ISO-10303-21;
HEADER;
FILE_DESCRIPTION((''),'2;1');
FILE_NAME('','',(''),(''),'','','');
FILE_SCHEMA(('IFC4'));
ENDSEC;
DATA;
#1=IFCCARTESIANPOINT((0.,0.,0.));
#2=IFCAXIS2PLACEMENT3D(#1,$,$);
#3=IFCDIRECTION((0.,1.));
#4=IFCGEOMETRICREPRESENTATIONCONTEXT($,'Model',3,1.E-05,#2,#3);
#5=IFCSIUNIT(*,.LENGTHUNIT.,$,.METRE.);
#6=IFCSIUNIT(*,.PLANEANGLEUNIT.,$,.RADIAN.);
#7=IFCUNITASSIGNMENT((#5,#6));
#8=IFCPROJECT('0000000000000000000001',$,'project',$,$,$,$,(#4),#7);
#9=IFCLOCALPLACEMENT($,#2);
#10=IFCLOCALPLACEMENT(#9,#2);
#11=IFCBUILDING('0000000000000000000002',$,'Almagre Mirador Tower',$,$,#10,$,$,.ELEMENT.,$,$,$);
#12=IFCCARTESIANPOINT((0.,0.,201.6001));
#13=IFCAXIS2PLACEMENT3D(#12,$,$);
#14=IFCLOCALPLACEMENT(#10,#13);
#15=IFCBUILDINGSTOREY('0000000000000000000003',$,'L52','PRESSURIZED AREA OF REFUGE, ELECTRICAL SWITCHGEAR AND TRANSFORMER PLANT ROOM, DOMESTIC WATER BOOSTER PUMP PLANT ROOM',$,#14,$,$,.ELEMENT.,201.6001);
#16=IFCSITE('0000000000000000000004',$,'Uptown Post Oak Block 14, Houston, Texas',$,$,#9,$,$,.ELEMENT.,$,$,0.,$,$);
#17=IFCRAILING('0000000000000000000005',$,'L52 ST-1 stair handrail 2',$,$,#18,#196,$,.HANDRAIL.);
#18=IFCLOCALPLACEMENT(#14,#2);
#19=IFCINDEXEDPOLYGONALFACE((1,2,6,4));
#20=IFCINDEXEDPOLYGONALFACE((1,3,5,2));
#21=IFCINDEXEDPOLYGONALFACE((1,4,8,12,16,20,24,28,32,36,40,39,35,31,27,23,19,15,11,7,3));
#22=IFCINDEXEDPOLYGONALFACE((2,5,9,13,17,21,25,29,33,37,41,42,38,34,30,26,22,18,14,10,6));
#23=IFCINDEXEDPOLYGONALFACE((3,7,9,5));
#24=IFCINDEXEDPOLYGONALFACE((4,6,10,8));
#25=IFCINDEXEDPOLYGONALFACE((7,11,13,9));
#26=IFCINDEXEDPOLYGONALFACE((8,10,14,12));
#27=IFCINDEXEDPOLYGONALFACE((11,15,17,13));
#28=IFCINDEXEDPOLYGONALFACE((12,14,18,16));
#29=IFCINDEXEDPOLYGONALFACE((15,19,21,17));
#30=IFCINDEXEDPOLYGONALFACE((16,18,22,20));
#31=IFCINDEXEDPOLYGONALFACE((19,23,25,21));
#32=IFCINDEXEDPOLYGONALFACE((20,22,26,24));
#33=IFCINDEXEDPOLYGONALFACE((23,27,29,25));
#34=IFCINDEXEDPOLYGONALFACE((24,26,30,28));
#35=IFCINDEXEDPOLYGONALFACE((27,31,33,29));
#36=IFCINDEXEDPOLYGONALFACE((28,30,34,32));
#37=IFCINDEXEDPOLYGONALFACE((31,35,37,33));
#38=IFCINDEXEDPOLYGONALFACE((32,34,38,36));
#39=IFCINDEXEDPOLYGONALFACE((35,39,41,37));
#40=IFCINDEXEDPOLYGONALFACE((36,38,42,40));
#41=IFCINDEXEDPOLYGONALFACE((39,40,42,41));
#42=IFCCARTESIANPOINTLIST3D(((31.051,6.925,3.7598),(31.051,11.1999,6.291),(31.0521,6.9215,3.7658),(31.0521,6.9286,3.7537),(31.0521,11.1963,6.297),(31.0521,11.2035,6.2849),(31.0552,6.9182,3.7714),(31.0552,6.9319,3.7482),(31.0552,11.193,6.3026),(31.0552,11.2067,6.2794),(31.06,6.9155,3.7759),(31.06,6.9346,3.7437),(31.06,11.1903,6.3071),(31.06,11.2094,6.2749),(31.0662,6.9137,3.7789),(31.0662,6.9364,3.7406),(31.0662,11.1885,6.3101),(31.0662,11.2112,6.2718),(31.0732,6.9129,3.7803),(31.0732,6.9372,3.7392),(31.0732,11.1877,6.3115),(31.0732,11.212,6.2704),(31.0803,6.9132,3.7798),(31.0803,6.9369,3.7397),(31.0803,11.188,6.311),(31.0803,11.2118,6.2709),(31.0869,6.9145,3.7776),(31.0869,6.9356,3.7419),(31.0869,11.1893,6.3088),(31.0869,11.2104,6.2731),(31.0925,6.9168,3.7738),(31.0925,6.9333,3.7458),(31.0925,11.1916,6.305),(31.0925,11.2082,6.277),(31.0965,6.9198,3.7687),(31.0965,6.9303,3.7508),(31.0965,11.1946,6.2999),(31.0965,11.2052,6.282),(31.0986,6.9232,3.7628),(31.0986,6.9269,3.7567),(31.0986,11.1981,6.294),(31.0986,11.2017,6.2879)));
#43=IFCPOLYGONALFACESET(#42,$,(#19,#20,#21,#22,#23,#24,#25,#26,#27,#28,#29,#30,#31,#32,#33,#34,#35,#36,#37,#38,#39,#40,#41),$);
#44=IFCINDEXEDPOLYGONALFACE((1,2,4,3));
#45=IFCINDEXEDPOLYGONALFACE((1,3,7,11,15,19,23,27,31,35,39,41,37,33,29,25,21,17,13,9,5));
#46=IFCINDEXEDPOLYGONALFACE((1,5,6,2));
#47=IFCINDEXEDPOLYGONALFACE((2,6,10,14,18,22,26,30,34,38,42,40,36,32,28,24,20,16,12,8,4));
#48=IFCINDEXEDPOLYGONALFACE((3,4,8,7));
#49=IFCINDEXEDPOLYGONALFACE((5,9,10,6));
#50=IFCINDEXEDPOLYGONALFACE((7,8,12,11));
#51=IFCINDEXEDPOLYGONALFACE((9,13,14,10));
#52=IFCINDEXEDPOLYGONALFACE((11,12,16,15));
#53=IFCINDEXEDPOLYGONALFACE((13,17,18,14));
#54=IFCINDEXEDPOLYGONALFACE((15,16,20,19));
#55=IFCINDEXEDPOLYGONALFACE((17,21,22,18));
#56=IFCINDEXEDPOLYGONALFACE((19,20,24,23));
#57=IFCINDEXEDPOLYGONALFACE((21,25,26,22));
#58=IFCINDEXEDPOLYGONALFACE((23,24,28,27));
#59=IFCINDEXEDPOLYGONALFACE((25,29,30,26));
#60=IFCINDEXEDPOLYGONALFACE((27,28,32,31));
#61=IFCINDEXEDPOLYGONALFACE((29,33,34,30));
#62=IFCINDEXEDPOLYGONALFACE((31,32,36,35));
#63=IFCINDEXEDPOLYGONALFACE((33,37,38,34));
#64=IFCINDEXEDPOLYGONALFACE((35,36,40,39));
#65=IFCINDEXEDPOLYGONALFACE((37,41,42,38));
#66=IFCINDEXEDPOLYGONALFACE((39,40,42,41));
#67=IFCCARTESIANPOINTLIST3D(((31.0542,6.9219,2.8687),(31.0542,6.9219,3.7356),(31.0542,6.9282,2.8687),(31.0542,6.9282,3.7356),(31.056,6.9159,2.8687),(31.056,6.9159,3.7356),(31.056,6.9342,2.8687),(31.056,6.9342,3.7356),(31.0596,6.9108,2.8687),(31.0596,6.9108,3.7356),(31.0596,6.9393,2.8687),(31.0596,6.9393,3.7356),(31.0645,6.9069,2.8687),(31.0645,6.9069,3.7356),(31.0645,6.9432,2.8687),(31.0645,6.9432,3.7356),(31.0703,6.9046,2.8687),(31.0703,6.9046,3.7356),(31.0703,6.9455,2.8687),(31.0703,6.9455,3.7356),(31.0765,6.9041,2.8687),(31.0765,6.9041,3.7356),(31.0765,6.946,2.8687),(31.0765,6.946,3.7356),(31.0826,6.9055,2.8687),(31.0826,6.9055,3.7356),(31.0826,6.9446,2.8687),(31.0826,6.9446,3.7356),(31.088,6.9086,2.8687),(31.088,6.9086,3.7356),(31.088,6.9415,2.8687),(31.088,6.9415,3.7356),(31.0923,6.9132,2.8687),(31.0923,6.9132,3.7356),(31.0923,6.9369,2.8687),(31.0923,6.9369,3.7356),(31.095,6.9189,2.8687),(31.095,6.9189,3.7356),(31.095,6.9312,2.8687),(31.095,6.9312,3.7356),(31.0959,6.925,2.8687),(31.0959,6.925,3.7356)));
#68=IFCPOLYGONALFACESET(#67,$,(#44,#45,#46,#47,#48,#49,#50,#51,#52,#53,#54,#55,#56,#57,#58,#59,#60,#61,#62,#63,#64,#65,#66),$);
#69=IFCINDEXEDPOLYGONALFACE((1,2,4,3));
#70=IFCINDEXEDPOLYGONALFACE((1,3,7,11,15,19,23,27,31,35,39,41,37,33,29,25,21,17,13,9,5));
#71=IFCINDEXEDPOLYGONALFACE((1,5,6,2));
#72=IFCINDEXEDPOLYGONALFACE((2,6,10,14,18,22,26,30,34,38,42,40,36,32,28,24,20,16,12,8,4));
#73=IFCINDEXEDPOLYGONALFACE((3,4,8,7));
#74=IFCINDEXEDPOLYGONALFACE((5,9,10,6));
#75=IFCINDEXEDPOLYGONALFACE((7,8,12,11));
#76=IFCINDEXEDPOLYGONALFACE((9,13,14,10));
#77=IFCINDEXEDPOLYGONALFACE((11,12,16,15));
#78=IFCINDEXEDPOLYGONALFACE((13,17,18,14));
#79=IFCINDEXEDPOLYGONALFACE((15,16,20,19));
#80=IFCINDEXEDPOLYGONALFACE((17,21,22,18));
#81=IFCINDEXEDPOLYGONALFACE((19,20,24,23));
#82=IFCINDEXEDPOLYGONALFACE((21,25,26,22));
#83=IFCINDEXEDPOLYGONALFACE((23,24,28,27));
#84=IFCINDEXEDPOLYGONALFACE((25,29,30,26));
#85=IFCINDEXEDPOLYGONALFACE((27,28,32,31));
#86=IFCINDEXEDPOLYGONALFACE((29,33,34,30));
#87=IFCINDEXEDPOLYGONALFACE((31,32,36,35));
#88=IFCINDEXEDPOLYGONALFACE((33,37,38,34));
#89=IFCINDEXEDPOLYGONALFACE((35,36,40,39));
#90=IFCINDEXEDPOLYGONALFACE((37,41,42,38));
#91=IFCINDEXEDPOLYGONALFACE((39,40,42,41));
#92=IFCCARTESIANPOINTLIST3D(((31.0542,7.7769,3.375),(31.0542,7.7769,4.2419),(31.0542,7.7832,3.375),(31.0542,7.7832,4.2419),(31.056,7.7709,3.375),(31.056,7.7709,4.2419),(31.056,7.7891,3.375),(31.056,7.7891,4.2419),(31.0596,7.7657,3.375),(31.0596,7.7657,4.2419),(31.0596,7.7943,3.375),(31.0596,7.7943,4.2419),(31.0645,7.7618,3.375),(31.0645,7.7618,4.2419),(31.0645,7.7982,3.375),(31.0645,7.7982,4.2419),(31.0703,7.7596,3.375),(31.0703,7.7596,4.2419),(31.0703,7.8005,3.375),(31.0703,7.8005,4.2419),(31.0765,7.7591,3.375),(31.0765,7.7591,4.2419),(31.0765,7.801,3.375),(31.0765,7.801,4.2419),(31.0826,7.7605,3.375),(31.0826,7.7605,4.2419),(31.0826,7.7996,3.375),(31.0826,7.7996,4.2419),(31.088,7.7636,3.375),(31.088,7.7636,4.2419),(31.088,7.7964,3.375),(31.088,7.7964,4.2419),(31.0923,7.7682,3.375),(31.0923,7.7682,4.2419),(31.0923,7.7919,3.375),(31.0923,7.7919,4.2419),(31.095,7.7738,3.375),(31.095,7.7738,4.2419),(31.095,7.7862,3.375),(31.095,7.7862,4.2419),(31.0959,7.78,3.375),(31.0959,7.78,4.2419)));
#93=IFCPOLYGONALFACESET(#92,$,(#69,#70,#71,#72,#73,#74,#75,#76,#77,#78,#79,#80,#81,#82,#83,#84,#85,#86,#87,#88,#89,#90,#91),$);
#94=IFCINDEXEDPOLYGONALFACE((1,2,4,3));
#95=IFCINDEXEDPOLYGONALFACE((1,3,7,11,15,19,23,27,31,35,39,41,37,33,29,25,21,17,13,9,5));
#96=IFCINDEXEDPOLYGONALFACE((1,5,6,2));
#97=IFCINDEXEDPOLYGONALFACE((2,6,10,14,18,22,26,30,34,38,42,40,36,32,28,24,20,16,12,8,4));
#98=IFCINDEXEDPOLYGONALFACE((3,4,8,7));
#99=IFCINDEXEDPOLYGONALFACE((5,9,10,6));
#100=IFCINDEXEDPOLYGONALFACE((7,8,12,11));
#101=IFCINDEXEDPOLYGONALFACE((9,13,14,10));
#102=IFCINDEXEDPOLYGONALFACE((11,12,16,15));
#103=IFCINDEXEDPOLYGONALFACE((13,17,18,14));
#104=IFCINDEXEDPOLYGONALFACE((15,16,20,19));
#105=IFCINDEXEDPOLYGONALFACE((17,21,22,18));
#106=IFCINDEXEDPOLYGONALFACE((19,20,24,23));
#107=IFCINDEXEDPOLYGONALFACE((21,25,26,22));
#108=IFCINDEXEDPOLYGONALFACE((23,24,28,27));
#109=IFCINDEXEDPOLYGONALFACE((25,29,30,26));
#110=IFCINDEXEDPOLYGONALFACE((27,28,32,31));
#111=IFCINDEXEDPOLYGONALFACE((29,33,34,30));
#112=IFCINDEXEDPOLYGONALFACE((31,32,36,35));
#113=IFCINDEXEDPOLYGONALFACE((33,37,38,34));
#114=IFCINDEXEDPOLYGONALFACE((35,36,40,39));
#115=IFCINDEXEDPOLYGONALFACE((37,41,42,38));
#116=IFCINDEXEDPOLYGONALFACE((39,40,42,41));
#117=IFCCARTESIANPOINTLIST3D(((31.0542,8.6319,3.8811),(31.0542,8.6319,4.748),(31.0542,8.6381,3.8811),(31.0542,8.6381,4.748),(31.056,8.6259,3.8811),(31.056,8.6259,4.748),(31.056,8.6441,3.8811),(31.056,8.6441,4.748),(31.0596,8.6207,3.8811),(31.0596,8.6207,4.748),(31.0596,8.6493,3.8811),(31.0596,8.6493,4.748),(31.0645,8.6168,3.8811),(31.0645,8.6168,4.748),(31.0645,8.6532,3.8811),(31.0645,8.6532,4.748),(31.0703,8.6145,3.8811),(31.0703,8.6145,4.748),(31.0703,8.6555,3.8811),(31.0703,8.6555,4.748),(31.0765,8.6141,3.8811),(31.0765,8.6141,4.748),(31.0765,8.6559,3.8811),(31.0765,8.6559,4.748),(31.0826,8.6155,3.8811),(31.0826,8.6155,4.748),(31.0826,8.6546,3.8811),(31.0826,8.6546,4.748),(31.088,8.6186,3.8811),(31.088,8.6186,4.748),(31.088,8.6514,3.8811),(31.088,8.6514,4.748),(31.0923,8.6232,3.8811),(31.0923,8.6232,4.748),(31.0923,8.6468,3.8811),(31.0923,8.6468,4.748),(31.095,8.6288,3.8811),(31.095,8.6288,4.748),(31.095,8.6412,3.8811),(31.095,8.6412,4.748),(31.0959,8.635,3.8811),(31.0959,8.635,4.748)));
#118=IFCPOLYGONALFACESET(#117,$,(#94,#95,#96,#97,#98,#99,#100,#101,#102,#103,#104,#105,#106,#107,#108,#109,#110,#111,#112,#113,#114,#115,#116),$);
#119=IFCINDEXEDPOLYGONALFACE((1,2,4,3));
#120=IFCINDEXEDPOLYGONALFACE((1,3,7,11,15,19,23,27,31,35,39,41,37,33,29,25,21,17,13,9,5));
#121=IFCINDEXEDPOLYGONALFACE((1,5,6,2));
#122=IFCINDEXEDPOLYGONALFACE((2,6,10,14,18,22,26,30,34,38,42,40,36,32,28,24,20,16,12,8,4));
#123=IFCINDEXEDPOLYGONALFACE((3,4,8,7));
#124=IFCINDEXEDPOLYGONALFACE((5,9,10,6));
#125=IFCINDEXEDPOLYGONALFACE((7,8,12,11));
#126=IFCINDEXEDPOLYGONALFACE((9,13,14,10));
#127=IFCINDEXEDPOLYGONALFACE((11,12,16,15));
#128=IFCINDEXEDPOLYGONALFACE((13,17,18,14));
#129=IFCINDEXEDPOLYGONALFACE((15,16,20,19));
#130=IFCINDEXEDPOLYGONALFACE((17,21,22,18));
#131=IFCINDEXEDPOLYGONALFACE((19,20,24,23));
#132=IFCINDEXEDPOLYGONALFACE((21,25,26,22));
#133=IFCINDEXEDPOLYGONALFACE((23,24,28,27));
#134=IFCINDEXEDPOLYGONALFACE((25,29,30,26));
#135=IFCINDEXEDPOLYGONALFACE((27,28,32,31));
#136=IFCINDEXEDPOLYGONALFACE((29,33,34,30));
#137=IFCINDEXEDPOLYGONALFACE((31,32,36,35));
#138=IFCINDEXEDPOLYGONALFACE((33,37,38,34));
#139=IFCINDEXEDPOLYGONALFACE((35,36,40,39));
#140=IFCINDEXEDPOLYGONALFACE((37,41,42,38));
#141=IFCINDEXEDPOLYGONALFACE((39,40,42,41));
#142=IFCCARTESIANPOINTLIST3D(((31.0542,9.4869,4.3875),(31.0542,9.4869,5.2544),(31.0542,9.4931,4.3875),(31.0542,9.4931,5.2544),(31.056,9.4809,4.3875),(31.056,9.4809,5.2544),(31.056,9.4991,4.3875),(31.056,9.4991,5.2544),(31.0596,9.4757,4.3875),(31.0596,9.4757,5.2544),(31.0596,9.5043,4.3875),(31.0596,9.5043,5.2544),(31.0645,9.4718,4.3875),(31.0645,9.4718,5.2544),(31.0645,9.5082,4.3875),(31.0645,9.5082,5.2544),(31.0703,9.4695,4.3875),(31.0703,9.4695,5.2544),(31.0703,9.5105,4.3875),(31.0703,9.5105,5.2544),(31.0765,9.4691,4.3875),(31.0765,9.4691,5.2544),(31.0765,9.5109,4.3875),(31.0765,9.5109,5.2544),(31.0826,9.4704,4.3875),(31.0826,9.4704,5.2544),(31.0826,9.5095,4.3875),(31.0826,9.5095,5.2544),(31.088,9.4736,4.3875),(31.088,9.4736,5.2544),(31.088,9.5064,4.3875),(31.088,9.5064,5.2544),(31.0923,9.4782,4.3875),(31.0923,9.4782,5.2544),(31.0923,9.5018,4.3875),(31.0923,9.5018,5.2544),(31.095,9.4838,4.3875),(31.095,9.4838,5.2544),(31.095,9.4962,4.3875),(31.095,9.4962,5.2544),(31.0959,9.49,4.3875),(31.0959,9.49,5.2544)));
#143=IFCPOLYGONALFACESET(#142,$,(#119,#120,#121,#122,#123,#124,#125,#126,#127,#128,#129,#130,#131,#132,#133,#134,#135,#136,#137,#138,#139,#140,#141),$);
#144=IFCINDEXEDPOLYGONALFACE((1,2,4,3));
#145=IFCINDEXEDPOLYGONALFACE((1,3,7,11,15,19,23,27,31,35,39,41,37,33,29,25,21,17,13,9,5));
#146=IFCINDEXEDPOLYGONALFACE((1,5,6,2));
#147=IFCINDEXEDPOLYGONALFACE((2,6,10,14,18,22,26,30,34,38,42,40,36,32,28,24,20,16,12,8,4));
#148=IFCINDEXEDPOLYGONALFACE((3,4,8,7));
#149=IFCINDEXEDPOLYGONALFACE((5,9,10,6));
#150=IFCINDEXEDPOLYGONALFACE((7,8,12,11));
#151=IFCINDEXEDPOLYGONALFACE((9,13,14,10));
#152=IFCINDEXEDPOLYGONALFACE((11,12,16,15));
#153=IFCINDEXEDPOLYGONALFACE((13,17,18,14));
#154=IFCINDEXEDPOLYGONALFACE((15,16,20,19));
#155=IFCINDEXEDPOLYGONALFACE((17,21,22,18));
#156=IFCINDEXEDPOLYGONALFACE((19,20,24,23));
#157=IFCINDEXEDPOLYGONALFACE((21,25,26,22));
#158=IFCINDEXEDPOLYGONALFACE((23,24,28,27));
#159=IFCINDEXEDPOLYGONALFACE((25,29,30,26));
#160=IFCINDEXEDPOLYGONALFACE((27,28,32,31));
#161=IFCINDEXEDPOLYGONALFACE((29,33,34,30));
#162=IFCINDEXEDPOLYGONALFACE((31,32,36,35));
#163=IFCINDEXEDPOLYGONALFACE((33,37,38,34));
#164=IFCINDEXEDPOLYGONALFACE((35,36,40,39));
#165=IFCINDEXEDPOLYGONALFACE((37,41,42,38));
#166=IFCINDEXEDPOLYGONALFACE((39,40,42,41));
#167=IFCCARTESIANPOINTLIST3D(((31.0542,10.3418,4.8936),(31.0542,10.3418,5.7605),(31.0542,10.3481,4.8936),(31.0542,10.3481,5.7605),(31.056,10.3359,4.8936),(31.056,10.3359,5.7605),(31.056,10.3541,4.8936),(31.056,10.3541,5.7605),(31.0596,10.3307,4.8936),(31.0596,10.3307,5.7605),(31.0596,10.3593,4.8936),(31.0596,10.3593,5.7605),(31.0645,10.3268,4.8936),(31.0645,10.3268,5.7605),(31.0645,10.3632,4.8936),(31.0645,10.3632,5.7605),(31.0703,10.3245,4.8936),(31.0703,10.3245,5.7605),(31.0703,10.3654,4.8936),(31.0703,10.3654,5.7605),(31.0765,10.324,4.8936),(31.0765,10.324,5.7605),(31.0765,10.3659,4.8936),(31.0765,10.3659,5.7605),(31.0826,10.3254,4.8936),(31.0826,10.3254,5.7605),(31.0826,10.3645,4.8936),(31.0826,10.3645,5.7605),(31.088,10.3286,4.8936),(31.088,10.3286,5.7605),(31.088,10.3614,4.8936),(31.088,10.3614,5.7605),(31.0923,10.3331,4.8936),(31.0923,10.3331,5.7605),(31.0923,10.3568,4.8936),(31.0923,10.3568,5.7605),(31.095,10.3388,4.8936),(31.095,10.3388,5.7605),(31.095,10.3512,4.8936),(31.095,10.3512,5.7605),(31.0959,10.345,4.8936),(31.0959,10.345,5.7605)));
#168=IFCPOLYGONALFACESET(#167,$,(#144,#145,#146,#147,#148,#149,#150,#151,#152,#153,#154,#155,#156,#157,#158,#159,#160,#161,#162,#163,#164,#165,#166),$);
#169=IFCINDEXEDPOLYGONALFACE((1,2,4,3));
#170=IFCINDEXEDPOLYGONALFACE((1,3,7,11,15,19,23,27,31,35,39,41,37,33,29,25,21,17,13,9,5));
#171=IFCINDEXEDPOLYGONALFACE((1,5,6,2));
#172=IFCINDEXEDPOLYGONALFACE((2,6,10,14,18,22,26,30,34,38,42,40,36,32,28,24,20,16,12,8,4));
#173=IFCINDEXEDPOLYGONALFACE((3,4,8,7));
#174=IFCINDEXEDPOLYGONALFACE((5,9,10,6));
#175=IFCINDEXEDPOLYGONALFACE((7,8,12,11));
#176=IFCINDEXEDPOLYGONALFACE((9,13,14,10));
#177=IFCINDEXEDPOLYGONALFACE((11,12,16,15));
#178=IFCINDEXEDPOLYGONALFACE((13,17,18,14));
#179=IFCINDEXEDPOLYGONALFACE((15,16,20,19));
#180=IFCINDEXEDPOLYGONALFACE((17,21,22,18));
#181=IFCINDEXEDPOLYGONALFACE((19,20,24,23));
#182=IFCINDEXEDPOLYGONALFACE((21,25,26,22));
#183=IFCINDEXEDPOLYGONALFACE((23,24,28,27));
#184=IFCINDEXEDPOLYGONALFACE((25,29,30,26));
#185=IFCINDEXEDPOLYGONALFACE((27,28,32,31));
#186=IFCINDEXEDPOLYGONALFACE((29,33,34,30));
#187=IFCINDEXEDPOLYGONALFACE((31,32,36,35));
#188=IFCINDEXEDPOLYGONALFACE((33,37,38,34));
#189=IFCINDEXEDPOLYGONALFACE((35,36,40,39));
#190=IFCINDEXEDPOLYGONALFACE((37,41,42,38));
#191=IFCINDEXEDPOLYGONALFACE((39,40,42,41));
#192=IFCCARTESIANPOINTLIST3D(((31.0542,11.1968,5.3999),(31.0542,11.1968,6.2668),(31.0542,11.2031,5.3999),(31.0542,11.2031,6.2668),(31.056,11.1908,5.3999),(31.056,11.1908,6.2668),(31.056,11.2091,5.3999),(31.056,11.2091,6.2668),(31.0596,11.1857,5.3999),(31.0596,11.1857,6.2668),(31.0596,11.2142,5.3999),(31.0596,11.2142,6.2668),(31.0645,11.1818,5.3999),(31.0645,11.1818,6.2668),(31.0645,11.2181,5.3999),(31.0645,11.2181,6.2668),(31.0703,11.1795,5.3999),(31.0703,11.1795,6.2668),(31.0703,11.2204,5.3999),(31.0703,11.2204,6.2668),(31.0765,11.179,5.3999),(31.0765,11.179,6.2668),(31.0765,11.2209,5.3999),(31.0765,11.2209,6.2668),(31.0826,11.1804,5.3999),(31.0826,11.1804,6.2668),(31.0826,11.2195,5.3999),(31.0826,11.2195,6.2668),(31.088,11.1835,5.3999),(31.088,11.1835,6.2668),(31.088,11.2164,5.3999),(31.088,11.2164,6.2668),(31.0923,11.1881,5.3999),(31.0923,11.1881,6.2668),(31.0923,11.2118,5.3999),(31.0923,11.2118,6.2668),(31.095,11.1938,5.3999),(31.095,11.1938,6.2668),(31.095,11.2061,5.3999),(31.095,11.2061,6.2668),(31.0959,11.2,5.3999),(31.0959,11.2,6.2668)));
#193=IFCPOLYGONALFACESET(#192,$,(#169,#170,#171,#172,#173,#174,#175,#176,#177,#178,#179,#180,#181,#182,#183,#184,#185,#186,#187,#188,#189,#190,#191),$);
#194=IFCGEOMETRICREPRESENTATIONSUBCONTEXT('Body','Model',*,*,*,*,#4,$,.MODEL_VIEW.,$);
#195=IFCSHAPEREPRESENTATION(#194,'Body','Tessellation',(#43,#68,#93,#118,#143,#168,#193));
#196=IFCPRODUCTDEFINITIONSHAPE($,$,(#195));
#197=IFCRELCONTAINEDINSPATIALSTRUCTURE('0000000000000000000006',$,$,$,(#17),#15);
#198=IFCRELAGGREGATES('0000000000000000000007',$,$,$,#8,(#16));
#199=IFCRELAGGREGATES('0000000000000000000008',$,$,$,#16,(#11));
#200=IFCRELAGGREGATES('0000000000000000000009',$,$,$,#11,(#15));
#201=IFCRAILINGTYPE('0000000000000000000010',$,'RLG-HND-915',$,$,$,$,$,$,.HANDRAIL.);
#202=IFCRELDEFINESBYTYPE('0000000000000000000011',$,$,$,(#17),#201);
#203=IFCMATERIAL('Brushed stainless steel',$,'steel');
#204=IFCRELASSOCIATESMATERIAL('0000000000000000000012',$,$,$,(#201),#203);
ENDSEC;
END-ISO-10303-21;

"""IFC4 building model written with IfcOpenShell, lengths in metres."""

from ifc_helpers import new_model, si_unit, direction, frame, origin, origin_2d, place, context, subcontext, project, spatial, circle, extrude, material, type_object, element, save


model = new_model("IFC4")

# Units and contexts
model_context = context("Model", 3, precision=1e-05, world=origin(), true_north=direction((0.0, 1.0)))
body_context = subcontext(model_context, "Body", "Model", "MODEL_VIEW")
ifc_project = project(units=[si_unit("LENGTHUNIT", "METRE"), si_unit("PLANEANGLEUNIT", "RADIAN")], contexts=[model_context])

# Site, building, storey
site_placement = place(None, origin())
site = spatial("IfcSite", under=ifc_project, at=site_placement, Name="Uptown Post Oak Block 14, Houston, Texas", CompositionType="ELEMENT", RefElevation=0.0)
building_placement = place(site_placement, origin())
building = spatial("IfcBuilding", under=site, at=building_placement, Name="Almagre Mirador Tower", CompositionType="ELEMENT")
storey_placement = place(building_placement, frame((0.0, 0.0, 201.6001)))
storey = spatial("IfcBuildingStorey", under=building, at=storey_placement, Name="L52", Description="PRESSURIZED AREA OF REFUGE, ELECTRICAL SWITCHGEAR AND TRANSFORMER PLANT ROOM, DOMESTIC WATER BOOSTER PUMP PLANT ROOM", CompositionType="ELEMENT", Elevation=201.6001)

# Railing
ifc_material_1 = material(Name="Brushed stainless steel", Category="steel")
railing_type_1 = type_object("IfcRailingType", Name="RLG-HND-915", PredefinedType="HANDRAIL", material=ifc_material_1)
railing_1_placement = place(storey_placement, frame((31.075, 6.925, 2.8687)))
element("IfcRailing", 1, at=railing_1_placement, inside=storey, type_object=railing_type_1, Name="L52 ST-1 stair handrail 2", PredefinedType="HANDRAIL", context=body_context, shape_type="SweptSolid", body=[
    extrude(circle(Radius=0.0239, at=origin_2d()), frame((0.0, 0.0, 0.8911), z_axis=(0.0, 0.86047, 0.509501), x_axis=(-1.0, 0.0, 0.0)), (0.0, 0.0, 1.0), 4.968),
    extrude(circle(Radius=0.021, at=origin_2d()), origin(), (0.0, 0.0, 1.0), 0.8669),
    extrude(circle(Radius=0.021, at=origin_2d()), frame((0.0, 0.855, 0.5063)), (0.0, 0.0, 1.0), 0.8669),
    extrude(circle(Radius=0.021, at=origin_2d()), frame((0.0, 1.71, 1.0125)), (0.0, 0.0, 1.0), 0.8669),
    extrude(circle(Radius=0.021, at=origin_2d()), frame((0.0, 2.5649, 1.5188)), (0.0, 0.0, 1.0), 0.8669),
    extrude(circle(Radius=0.021, at=origin_2d()), frame((0.0, 3.4199, 2.0249)), (0.0, 0.0, 1.0), 0.8669),
    extrude(circle(Radius=0.021, at=origin_2d()), frame((0.0, 4.2749, 2.5312)), (0.0, 0.0, 1.0), 0.8669),
])

save(model, "model.ifc")
